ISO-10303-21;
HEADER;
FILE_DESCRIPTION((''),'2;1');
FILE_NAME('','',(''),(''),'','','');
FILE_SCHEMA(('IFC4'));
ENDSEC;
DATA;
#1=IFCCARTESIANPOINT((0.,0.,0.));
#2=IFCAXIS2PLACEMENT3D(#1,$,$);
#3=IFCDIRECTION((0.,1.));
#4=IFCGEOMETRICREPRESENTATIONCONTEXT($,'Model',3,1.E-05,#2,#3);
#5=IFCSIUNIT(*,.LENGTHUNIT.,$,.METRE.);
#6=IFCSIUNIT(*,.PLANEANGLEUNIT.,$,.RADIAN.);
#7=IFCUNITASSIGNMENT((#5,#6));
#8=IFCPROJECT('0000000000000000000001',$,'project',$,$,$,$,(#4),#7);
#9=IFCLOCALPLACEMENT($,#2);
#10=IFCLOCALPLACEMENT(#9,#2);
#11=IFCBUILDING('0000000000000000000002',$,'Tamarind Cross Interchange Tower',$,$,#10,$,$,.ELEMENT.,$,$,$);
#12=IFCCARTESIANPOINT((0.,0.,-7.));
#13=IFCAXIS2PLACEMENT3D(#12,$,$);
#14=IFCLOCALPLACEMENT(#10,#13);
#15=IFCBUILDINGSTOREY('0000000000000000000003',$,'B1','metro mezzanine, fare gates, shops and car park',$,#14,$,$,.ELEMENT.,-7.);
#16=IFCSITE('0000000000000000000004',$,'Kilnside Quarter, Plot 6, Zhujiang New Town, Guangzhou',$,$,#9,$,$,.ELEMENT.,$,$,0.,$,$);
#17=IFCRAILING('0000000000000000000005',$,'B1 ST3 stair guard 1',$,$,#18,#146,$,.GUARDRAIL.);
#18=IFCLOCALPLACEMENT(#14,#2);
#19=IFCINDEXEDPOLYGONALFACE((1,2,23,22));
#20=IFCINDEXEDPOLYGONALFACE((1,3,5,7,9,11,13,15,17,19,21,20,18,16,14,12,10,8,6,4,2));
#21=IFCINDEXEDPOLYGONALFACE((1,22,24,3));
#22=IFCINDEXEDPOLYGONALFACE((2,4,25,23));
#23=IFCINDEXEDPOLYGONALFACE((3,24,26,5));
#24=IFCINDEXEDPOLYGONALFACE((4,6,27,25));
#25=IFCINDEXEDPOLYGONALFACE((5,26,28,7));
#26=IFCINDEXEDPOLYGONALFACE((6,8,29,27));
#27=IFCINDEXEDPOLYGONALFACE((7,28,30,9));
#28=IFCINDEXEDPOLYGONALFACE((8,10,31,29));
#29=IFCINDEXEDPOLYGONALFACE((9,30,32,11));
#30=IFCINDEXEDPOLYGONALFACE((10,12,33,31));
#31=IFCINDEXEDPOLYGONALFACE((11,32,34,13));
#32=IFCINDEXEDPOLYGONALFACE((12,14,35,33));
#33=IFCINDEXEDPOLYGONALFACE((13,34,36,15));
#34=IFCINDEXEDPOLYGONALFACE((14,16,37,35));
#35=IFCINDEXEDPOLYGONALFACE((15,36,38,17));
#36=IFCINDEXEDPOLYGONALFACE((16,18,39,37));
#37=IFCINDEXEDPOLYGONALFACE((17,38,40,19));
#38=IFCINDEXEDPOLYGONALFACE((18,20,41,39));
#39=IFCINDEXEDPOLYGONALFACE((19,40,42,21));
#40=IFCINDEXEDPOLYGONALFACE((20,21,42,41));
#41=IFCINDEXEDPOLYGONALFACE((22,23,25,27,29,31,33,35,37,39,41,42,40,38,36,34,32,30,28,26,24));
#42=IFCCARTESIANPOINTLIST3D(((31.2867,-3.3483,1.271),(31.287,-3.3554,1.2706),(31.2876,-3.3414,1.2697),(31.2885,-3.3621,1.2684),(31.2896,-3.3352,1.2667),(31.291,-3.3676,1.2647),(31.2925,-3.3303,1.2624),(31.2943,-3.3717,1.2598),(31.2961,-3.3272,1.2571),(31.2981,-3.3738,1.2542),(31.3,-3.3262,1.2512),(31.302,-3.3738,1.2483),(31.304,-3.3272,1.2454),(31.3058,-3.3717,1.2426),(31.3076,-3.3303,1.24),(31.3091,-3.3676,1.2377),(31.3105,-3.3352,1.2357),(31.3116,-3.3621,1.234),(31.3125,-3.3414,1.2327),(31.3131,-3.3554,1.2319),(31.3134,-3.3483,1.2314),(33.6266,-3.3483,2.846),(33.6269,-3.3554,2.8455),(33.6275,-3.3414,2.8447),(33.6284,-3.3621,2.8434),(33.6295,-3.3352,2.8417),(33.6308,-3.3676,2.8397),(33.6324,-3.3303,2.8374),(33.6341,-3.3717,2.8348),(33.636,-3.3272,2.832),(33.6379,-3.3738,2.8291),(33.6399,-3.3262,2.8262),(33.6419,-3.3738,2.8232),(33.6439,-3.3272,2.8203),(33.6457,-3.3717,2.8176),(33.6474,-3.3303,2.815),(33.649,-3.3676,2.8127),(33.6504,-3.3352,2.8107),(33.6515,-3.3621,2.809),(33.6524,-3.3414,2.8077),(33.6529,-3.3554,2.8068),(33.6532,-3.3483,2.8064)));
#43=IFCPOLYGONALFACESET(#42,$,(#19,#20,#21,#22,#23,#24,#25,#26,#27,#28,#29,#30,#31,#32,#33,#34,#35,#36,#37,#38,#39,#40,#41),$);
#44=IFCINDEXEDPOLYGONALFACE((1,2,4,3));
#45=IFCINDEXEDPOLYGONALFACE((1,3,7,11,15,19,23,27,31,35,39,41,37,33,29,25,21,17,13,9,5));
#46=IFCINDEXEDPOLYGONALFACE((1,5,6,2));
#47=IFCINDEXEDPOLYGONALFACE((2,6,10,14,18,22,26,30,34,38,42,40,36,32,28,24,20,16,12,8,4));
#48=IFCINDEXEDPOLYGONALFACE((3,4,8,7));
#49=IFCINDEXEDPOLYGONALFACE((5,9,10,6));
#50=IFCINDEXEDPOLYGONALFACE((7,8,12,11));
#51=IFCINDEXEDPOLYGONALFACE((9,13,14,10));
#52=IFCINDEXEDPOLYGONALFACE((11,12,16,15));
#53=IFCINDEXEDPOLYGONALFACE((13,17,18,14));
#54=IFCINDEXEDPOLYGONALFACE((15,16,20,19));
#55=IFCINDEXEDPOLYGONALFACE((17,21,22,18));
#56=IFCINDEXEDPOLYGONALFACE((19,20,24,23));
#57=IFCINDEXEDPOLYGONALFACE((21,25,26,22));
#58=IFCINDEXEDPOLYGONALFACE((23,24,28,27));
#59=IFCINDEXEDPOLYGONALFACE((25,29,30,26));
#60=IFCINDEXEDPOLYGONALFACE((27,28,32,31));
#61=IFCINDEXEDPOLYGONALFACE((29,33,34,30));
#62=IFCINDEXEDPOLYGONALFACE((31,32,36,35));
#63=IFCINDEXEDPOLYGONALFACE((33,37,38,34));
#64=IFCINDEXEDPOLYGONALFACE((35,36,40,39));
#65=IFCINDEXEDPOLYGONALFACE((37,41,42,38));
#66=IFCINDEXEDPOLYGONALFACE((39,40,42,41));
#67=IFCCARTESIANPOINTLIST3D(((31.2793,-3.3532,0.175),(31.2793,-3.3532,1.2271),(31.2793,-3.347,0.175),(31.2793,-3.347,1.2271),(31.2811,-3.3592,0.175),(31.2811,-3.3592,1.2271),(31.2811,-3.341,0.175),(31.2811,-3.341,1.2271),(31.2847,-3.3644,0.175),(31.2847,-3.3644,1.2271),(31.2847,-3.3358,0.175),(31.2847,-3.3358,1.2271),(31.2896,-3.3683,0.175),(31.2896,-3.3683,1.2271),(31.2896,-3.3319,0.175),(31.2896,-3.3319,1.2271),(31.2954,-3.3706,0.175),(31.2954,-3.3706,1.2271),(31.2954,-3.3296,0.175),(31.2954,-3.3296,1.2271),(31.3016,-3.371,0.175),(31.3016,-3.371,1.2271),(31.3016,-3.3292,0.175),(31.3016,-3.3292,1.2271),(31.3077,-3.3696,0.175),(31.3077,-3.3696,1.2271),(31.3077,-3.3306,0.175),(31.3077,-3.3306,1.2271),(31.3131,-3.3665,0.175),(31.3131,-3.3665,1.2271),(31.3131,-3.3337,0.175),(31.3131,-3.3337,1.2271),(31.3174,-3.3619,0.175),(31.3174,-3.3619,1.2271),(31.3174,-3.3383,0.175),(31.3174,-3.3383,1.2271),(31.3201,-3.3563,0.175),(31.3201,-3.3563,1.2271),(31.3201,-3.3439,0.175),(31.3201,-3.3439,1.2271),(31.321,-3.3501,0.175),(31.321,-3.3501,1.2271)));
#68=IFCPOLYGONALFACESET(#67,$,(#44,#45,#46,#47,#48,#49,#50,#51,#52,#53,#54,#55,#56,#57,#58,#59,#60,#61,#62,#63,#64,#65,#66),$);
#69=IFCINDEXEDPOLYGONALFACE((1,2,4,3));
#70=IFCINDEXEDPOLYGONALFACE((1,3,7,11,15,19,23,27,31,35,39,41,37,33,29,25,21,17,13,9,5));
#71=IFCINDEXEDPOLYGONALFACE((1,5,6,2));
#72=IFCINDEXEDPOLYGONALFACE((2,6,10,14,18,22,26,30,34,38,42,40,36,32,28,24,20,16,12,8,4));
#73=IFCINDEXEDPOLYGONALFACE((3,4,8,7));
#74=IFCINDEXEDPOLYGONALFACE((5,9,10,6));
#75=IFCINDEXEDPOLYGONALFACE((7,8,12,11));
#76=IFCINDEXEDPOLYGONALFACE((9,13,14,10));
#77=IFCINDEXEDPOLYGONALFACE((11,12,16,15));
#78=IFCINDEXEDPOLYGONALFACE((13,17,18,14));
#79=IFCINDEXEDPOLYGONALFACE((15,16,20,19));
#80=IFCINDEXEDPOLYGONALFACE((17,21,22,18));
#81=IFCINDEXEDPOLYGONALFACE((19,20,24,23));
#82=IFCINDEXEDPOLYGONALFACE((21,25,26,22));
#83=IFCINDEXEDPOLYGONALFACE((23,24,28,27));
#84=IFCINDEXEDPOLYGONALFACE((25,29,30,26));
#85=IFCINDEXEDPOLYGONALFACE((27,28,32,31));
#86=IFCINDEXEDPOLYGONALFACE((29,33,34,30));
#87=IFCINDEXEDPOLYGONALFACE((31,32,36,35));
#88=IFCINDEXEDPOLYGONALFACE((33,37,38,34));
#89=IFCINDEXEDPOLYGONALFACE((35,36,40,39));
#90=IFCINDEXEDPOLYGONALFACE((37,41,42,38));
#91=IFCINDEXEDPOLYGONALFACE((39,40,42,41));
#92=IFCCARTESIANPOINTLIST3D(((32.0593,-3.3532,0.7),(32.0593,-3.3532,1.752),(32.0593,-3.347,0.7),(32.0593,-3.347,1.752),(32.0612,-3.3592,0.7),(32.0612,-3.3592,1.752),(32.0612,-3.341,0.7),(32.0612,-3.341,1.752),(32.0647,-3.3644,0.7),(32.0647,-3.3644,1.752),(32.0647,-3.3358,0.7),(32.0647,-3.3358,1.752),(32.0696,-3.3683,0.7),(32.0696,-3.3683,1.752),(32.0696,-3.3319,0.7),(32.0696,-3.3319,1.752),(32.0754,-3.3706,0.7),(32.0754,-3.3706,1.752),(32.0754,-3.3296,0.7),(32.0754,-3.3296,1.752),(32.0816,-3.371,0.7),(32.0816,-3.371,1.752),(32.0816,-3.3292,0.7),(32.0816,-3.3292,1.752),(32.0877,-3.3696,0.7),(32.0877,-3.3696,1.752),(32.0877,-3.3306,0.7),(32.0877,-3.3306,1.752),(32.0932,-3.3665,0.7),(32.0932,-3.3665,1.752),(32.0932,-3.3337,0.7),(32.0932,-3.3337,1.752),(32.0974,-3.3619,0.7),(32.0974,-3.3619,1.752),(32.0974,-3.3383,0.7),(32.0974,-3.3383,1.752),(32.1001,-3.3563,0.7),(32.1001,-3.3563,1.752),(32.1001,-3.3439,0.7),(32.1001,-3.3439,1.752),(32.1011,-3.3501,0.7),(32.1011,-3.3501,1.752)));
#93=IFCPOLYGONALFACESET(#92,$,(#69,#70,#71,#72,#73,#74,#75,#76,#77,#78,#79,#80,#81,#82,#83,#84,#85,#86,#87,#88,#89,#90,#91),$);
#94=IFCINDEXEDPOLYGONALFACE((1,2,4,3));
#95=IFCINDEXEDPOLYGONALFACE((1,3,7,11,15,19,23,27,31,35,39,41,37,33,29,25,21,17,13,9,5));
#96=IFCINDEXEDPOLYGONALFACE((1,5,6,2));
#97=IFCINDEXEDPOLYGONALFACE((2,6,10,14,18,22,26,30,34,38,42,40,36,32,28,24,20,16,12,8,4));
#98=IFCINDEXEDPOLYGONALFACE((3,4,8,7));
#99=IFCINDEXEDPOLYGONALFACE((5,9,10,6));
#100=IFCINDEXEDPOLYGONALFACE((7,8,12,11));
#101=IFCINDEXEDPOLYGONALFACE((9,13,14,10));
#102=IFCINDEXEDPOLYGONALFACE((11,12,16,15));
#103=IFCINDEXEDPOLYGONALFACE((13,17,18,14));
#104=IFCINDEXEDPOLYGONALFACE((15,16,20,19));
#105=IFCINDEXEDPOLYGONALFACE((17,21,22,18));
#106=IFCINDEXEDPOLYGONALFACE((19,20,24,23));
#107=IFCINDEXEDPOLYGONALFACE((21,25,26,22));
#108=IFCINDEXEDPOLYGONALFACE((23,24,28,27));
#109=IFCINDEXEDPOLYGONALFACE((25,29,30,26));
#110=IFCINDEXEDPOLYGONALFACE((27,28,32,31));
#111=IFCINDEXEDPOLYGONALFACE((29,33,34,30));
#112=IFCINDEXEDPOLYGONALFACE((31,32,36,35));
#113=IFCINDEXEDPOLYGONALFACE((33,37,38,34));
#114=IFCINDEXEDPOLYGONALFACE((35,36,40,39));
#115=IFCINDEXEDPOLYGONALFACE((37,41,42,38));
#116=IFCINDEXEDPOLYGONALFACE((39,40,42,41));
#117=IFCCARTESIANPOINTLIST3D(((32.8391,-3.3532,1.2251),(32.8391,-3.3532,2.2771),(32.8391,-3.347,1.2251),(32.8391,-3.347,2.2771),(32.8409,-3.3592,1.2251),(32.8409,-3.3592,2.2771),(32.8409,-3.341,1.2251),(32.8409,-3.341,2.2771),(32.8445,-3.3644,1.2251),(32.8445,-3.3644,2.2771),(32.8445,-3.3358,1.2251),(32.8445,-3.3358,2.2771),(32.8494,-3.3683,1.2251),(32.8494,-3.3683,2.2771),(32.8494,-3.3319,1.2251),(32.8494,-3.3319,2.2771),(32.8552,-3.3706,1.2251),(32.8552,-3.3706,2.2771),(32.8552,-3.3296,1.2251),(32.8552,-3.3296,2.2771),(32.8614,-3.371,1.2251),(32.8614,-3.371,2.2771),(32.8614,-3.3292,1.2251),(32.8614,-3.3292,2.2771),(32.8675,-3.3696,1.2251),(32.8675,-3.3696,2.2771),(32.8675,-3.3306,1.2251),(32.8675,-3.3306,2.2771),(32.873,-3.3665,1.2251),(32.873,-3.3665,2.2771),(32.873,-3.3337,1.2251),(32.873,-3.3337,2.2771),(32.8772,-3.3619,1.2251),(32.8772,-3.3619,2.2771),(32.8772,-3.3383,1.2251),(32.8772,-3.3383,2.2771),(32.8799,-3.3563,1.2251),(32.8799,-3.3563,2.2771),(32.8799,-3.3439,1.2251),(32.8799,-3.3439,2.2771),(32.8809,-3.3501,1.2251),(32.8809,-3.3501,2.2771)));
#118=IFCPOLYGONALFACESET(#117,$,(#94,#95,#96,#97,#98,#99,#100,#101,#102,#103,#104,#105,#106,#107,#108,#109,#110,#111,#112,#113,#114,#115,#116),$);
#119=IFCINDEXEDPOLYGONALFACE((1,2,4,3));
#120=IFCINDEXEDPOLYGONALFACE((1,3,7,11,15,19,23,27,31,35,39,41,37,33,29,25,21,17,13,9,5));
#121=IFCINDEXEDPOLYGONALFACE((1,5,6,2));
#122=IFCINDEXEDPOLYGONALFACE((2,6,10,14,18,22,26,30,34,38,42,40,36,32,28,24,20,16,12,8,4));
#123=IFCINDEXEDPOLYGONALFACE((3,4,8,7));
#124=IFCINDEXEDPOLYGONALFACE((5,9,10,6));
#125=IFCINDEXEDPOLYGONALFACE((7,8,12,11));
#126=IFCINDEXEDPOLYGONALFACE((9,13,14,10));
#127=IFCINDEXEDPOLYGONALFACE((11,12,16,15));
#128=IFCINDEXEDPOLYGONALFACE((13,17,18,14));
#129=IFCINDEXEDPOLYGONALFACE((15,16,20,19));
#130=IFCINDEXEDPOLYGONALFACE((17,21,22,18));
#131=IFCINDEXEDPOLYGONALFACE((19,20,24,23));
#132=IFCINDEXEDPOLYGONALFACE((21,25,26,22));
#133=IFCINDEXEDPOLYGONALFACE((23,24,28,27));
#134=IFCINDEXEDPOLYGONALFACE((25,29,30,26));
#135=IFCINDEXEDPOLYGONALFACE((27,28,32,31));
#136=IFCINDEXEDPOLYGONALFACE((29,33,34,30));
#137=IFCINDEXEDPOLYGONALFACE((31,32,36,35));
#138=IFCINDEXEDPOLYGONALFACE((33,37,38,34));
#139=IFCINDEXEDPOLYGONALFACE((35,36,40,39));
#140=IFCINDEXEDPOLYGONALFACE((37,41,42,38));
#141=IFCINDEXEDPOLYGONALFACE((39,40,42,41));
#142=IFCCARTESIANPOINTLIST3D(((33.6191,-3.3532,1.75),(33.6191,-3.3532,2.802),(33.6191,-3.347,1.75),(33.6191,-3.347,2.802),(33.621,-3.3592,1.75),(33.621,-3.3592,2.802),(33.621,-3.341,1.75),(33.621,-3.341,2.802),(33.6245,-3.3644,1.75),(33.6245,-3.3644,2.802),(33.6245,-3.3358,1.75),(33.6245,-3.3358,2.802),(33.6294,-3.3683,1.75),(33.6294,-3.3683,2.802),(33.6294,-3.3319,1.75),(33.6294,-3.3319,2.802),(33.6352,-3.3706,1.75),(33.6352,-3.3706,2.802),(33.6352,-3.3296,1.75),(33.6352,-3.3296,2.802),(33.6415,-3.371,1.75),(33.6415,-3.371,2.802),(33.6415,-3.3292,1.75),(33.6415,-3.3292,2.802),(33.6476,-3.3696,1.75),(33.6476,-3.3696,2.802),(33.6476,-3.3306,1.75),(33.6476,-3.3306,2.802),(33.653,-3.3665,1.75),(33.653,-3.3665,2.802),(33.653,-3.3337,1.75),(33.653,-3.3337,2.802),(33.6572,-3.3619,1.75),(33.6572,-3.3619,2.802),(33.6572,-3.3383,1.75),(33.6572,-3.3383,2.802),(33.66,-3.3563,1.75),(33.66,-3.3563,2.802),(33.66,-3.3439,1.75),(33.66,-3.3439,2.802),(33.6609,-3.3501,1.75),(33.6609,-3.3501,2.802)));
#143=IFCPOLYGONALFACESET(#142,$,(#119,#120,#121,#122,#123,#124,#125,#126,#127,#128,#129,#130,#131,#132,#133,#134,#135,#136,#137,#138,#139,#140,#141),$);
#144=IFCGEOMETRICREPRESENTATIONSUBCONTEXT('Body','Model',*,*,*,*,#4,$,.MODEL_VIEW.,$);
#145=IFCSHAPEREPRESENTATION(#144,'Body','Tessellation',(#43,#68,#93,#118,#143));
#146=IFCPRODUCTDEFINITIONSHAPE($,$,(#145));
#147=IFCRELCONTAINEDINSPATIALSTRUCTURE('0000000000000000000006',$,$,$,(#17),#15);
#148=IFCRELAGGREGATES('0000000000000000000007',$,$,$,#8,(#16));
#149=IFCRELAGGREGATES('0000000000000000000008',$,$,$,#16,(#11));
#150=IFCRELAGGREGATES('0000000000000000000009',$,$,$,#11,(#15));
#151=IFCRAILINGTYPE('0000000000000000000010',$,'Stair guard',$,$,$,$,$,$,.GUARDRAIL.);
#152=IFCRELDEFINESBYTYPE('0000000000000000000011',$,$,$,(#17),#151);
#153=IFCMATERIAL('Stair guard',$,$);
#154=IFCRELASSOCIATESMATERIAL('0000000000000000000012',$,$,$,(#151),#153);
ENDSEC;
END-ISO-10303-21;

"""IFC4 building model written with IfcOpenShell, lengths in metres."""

from ifc_helpers import new_model, si_unit, direction, frame, origin, origin_2d, place, context, subcontext, project, spatial, circle, extrude, material, type_object, element, save


model = new_model("IFC4")

# Units and contexts
model_context = context("Model", 3, precision=1e-05, world=origin(), true_north=direction((0.0, 1.0)))
body_context = subcontext(model_context, "Body", "Model", "MODEL_VIEW")
ifc_project = project(units=[si_unit("LENGTHUNIT", "METRE"), si_unit("PLANEANGLEUNIT", "RADIAN")], contexts=[model_context])

# Site, building, storey
site_placement = place(None, origin())
site = spatial("IfcSite", under=ifc_project, at=site_placement, Name="Kilnside Quarter, Plot 6, Zhujiang New Town, Guangzhou", CompositionType="ELEMENT", RefElevation=0.0)
building_placement = place(site_placement, origin())
building = spatial("IfcBuilding", under=site, at=building_placement, Name="Tamarind Cross Interchange Tower", CompositionType="ELEMENT")
storey_placement = place(building_placement, frame((0.0, 0.0, -7.0)))
storey = spatial("IfcBuildingStorey", under=building, at=storey_placement, Name="B1", Description="metro mezzanine, fare gates, shops and car park", CompositionType="ELEMENT", Elevation=-7.0)

# Railing
ifc_material_1 = material(Name="Stair guard")
railing_type_1 = type_object("IfcRailingType", Name="Stair guard", PredefinedType="GUARDRAIL", material=ifc_material_1)
railing_1_placement = place(storey_placement, frame((31.3, -3.3501, 0.175)))
element("IfcRailing", 1, at=railing_1_placement, inside=storey, type_object=railing_type_1, Name="B1 ST3 stair guard 1", PredefinedType="GUARDRAIL", context=body_context, shape_type="SweptSolid", body=[
    extrude(circle(Radius=0.0239, at=origin_2d()), frame((0.0, 0.0, 1.0762), z_axis=(0.829578, 0.0, 0.55839), x_axis=(0.0, 1.0, 0.0)), (0.0, 0.0, 1.0), 2.8206),
    extrude(circle(Radius=0.021, at=origin_2d()), origin(), (0.0, 0.0, 1.0), 1.052),
    extrude(circle(Radius=0.021, at=origin_2d()), frame((0.78, 0.0, 0.5249)), (0.0, 0.0, 1.0), 1.052),
    extrude(circle(Radius=0.021, at=origin_2d()), frame((1.5598, 0.0, 1.05)), (0.0, 0.0, 1.0), 1.052),
    extrude(circle(Radius=0.021, at=origin_2d()), frame((2.3398, 0.0, 1.575)), (0.0, 0.0, 1.0), 1.052),
])

save(model, "model.ifc")
